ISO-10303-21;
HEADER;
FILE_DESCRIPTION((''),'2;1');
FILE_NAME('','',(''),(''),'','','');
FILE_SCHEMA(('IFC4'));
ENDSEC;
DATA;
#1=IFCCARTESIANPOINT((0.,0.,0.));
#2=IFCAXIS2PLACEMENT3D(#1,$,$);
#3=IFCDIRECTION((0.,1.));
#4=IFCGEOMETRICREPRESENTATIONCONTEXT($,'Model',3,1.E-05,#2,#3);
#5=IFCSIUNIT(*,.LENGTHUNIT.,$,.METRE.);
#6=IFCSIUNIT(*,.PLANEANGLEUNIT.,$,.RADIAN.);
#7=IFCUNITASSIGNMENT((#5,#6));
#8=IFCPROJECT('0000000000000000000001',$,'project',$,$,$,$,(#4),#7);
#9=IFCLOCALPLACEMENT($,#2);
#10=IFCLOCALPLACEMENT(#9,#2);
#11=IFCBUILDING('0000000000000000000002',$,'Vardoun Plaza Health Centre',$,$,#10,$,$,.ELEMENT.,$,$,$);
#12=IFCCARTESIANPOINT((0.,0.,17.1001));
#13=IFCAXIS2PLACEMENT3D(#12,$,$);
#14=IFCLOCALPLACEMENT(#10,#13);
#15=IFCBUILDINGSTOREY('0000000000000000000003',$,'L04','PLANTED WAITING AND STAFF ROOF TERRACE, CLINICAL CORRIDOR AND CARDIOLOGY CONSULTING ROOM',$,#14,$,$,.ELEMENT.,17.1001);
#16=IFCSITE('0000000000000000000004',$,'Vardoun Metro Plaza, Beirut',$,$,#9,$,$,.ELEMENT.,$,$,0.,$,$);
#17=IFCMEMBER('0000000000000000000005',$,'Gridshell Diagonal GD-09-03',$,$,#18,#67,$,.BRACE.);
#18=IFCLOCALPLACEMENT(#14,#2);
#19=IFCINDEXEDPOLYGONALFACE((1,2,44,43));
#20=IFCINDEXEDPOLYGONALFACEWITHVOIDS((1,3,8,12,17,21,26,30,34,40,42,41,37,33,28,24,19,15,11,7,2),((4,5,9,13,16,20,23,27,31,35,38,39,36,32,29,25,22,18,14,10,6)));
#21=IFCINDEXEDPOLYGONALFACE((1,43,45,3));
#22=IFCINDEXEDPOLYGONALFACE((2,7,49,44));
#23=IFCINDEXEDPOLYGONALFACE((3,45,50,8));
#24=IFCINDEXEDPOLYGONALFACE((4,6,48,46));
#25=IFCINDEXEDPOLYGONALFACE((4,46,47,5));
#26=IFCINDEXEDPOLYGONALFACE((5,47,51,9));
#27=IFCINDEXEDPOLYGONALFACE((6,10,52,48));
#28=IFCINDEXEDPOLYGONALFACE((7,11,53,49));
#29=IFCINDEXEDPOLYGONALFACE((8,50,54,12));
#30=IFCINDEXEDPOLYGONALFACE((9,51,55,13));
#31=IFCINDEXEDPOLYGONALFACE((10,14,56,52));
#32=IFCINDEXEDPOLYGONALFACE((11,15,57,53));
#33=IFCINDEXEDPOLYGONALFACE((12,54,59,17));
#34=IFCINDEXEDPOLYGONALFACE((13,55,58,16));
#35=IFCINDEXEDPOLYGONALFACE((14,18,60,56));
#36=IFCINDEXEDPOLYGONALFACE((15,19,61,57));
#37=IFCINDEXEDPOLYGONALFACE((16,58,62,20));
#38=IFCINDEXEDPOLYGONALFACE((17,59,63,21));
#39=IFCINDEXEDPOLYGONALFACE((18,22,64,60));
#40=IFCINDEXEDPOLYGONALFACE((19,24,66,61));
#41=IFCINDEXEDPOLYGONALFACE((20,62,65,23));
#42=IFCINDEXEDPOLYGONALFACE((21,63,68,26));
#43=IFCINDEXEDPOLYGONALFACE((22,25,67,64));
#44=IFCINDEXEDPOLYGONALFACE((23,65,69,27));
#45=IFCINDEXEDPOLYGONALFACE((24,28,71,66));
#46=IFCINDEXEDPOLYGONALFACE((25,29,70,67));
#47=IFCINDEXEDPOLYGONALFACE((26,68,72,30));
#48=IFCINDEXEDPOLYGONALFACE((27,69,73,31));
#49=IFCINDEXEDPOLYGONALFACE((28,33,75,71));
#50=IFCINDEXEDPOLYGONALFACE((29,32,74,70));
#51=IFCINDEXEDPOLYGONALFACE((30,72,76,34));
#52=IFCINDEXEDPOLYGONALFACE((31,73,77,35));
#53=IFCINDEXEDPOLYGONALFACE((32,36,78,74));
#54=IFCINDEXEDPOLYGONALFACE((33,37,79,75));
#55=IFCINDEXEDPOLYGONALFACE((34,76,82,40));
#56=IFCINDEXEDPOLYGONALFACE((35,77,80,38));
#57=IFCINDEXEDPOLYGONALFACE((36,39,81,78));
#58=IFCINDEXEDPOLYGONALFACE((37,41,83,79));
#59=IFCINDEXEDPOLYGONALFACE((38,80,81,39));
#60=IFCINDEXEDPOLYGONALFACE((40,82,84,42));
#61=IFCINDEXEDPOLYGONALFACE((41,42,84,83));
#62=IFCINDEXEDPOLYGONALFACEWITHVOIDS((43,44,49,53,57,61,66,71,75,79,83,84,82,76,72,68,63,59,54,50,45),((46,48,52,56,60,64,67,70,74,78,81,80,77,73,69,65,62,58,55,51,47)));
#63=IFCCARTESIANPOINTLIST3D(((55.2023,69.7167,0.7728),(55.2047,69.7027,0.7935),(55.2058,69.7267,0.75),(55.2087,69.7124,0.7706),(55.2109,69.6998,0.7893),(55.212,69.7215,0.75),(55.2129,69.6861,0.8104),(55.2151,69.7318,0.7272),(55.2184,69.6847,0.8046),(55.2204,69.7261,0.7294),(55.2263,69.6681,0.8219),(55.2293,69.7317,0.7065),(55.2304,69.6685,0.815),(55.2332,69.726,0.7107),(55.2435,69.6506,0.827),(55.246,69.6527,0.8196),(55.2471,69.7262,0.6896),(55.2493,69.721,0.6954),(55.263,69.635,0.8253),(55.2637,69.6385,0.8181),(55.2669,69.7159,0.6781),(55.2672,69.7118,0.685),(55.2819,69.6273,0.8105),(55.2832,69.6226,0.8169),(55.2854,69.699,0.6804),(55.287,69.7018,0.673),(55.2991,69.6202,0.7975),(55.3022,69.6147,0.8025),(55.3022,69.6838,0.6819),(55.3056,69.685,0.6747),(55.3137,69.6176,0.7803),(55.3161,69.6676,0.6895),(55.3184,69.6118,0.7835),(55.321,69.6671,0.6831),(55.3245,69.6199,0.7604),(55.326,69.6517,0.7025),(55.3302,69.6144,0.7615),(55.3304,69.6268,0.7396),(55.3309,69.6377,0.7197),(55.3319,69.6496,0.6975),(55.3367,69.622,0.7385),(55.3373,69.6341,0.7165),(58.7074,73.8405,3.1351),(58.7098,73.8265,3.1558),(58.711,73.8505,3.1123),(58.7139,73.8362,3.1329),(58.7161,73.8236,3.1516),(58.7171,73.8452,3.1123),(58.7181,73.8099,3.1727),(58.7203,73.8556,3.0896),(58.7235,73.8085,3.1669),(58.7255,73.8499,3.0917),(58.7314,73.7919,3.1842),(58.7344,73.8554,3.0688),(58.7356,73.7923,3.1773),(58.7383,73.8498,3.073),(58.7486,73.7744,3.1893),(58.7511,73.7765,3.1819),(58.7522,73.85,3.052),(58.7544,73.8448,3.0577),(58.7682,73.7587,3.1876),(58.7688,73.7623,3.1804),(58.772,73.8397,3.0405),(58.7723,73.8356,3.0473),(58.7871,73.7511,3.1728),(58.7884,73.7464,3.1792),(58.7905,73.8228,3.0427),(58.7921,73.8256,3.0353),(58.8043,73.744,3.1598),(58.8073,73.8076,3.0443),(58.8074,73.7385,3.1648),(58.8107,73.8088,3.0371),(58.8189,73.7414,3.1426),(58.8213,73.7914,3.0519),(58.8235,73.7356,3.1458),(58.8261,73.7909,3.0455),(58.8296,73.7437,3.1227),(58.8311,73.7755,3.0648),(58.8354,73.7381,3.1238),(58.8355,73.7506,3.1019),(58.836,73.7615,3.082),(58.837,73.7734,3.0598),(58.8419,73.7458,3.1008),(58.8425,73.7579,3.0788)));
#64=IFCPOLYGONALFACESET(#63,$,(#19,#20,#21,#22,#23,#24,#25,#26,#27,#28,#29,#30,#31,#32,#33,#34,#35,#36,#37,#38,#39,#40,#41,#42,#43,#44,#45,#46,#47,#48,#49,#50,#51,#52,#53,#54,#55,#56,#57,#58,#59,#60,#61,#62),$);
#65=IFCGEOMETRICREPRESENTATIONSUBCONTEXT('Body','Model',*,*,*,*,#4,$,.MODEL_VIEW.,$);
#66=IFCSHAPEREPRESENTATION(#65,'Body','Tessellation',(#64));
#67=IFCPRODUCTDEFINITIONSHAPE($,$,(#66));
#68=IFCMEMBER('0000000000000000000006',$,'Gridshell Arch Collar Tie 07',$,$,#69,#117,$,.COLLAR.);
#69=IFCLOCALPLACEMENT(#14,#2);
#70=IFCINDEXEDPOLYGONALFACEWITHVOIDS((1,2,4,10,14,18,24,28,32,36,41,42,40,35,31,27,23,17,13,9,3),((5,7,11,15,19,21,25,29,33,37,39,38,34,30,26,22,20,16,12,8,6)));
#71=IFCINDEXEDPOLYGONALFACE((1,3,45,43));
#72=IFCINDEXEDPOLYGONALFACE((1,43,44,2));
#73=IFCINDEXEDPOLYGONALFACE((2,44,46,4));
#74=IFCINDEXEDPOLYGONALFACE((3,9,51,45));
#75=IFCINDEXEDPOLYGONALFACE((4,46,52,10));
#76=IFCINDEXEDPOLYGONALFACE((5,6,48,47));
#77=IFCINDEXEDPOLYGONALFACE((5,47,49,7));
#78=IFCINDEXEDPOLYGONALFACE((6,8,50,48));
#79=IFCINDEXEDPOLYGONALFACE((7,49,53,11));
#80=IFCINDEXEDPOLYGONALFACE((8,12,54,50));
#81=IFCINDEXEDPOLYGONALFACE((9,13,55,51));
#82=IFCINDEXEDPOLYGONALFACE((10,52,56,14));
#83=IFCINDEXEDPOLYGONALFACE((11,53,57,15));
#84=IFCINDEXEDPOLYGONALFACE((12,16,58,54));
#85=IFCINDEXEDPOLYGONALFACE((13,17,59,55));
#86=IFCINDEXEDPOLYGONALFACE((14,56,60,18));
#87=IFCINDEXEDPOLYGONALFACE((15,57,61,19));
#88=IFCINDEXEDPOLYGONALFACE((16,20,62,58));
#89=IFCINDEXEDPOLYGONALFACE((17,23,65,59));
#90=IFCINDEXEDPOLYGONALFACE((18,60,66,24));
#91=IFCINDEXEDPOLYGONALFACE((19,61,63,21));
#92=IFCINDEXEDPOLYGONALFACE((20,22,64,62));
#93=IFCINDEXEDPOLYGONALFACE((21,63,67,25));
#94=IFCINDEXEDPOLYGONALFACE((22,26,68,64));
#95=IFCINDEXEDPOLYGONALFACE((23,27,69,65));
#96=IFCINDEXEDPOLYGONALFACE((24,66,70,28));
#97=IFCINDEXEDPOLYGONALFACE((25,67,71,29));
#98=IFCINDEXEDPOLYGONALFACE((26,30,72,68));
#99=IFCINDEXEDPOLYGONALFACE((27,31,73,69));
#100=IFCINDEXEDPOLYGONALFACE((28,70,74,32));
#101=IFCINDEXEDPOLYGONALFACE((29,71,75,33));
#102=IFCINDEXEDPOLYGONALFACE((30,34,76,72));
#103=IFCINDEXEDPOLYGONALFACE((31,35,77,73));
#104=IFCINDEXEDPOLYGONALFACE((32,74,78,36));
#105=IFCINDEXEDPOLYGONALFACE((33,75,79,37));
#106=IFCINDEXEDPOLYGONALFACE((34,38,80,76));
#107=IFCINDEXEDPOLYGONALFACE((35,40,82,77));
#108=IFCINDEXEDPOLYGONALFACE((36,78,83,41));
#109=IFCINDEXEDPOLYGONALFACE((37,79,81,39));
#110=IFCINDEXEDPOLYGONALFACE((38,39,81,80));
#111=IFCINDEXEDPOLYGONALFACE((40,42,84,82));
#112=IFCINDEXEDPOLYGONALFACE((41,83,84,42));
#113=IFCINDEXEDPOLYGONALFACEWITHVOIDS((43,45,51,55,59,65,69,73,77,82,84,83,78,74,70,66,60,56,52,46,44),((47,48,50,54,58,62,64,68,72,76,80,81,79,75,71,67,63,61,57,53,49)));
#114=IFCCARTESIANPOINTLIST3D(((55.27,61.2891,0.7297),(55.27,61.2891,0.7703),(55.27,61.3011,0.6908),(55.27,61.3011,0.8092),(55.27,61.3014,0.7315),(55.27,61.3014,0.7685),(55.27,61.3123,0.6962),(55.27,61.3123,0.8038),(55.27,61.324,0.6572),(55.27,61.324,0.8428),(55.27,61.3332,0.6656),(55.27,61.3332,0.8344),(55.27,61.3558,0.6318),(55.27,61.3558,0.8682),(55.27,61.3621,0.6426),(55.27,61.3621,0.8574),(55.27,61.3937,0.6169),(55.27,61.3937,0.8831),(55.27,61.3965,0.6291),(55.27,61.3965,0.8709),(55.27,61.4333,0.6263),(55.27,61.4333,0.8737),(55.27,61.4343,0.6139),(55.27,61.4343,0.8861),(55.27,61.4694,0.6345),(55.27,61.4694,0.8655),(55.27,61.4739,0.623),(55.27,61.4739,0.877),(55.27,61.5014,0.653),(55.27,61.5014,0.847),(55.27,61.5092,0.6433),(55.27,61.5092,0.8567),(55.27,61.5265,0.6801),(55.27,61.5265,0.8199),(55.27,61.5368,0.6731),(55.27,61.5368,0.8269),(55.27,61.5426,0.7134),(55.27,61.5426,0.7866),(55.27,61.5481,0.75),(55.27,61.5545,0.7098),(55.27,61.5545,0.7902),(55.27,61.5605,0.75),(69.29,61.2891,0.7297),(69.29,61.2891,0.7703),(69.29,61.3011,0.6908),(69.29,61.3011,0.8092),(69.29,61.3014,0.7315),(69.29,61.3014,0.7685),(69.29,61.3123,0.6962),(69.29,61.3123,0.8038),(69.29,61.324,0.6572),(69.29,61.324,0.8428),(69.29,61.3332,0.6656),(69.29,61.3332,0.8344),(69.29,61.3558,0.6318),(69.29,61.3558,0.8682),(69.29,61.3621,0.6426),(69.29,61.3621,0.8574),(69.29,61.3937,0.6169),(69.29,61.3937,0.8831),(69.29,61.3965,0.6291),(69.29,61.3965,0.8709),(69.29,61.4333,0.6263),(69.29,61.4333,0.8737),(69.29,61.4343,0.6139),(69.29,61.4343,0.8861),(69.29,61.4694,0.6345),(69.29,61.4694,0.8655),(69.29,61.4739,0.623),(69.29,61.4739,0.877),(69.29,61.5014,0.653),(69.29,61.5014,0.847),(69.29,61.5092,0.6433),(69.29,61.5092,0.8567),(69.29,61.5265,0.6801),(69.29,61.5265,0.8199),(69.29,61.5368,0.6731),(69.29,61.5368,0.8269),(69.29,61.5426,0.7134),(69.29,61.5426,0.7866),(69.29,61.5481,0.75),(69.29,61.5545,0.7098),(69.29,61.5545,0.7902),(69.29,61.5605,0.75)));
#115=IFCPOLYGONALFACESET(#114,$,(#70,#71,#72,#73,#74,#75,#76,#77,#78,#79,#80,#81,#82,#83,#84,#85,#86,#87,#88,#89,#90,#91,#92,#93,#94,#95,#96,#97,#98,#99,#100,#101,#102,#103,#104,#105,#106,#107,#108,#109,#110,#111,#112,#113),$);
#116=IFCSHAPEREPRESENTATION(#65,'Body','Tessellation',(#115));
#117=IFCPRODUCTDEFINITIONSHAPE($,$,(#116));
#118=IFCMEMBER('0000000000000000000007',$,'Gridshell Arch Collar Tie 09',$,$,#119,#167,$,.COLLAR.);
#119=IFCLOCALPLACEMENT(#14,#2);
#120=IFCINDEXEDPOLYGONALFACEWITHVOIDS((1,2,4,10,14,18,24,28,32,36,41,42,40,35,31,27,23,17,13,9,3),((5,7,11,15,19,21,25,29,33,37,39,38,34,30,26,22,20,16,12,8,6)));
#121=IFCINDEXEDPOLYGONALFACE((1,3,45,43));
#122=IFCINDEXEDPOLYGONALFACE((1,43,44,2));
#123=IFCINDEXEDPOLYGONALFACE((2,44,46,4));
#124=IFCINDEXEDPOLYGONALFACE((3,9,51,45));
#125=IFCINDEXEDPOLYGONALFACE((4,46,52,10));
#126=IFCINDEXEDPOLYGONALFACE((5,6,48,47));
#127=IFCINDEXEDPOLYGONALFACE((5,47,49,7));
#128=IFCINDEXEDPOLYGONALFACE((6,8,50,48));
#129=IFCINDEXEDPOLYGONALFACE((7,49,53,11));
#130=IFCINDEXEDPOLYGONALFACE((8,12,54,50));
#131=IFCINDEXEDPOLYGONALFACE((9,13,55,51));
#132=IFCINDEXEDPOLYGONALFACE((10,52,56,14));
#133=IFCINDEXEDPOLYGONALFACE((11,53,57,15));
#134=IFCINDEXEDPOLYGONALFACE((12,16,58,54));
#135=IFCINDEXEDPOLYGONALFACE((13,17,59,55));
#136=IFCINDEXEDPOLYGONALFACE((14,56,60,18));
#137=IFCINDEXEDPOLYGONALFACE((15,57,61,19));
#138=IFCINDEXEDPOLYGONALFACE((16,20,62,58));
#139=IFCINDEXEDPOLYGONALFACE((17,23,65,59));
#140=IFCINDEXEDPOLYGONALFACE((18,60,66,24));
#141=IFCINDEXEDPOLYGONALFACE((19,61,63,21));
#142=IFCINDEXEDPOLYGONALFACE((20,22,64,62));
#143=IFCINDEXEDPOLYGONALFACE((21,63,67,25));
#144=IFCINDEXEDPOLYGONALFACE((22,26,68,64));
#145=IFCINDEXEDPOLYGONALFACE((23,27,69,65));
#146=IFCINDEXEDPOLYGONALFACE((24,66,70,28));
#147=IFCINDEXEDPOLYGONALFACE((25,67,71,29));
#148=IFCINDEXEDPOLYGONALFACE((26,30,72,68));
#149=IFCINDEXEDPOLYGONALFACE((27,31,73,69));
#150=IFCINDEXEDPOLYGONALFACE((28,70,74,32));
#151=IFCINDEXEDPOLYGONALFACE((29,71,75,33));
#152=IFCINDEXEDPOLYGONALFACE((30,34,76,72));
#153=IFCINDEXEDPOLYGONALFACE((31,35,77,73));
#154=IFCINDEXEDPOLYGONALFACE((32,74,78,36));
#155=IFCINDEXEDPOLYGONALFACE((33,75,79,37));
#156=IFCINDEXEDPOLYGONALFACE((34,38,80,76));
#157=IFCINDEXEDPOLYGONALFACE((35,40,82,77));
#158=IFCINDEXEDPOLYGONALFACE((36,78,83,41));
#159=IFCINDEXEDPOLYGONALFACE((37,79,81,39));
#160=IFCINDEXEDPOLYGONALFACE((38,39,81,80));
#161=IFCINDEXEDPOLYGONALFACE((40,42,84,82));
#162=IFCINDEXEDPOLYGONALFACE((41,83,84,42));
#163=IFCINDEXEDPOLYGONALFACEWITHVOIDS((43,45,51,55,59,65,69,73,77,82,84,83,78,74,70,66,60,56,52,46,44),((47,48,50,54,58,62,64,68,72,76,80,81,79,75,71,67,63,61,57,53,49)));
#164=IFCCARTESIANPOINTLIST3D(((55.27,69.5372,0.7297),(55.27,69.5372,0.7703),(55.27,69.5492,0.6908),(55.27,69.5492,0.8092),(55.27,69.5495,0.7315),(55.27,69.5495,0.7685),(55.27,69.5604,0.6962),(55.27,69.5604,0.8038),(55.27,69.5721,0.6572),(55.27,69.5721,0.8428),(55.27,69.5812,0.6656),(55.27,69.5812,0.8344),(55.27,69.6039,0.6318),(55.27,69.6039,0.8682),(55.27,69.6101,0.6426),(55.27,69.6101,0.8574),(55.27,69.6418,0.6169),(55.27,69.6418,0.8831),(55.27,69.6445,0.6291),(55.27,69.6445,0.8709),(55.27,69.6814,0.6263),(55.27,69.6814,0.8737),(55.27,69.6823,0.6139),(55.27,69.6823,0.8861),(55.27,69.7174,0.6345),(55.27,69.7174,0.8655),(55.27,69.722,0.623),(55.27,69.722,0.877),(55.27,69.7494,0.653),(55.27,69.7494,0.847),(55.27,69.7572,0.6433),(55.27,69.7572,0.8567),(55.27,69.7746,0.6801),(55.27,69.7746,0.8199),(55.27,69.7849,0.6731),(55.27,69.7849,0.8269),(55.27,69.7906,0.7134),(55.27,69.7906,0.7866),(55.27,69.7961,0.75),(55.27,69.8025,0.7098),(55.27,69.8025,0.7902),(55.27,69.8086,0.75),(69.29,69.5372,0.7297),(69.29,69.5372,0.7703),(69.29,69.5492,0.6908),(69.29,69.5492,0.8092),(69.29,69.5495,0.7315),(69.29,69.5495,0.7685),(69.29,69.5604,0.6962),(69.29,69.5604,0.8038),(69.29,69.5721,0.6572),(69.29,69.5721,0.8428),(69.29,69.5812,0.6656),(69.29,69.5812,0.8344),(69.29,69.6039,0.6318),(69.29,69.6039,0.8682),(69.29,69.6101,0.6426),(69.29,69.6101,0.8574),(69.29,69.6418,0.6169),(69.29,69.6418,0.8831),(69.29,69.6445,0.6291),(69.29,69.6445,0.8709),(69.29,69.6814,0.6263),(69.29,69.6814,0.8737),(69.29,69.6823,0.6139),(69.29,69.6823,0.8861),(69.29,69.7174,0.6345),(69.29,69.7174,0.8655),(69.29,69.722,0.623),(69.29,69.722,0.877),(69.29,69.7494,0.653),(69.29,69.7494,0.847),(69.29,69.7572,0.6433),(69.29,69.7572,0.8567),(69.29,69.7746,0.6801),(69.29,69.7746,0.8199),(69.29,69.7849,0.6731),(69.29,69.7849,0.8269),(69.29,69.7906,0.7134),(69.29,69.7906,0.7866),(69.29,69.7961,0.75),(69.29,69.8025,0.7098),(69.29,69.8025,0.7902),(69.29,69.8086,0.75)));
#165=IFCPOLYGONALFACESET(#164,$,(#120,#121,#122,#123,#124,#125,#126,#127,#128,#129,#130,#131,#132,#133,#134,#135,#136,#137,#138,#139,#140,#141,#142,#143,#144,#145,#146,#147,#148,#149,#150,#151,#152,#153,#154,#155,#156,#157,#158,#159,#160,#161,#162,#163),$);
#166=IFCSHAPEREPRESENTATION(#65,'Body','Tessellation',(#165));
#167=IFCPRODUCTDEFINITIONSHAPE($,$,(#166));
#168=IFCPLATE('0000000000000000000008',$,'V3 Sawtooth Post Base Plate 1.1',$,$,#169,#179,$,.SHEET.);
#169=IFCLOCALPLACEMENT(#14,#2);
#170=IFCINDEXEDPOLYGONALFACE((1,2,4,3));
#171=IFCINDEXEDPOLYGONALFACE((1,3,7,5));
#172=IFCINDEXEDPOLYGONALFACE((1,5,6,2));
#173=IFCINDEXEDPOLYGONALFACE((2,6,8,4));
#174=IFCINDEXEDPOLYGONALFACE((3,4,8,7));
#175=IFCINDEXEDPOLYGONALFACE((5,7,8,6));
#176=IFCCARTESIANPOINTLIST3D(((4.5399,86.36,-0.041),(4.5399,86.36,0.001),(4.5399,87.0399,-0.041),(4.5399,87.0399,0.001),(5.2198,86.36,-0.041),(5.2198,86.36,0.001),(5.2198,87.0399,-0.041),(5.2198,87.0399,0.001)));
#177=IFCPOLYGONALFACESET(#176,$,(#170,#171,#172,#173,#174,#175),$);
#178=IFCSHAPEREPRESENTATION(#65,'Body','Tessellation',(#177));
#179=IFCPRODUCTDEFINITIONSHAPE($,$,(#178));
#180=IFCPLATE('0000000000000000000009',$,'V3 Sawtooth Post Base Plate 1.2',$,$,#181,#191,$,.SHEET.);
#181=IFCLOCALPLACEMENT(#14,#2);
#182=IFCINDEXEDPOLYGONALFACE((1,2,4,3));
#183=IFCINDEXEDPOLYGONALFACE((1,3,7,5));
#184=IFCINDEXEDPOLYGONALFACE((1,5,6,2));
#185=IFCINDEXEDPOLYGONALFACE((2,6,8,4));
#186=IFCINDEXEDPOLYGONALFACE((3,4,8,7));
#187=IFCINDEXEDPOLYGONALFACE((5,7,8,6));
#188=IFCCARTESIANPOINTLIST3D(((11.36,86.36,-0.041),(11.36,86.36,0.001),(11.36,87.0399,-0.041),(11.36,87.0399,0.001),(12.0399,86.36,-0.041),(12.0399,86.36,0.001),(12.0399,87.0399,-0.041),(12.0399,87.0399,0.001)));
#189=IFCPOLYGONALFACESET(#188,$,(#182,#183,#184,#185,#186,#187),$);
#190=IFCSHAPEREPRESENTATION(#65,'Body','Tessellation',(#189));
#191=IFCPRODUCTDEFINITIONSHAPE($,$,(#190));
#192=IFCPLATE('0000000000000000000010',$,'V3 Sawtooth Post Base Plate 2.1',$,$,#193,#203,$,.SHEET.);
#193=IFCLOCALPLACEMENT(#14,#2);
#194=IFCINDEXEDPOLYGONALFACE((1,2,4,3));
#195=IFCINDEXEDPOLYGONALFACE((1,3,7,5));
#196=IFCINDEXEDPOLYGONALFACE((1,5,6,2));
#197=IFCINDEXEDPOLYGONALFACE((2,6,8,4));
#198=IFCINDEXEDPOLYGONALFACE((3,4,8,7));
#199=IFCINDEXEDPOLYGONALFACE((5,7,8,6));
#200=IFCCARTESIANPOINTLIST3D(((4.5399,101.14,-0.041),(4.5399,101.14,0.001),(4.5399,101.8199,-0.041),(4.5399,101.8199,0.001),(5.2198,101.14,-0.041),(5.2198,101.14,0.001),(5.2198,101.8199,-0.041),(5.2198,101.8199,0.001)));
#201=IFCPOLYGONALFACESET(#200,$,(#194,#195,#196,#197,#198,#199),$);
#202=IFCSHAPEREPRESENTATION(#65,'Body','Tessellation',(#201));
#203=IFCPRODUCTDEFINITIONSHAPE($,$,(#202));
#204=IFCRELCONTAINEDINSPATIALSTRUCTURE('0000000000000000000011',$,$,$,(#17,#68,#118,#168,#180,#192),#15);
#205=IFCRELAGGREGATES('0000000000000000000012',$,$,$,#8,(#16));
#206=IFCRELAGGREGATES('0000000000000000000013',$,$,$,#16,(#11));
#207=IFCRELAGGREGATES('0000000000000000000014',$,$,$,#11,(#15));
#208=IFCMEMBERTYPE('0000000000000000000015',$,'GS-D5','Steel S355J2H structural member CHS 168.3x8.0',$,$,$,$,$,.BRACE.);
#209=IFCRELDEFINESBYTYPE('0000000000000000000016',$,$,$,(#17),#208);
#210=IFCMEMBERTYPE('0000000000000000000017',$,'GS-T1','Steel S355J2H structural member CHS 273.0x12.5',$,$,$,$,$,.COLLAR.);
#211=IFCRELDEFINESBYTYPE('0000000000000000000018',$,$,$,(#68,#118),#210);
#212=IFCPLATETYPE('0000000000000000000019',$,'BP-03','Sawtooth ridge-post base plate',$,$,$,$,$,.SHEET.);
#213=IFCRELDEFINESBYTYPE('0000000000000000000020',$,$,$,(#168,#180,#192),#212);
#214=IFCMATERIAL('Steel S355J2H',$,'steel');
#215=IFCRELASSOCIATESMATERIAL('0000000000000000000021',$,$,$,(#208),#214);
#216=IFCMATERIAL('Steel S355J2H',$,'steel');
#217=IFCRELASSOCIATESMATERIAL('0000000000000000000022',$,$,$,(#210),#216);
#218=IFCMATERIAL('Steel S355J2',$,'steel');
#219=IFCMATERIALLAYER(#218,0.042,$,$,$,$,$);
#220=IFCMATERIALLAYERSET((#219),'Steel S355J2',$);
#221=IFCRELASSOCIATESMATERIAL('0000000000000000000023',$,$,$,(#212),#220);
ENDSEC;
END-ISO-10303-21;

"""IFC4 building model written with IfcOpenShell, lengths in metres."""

from ifc_helpers import new_model, si_unit, direction, frame, origin, origin_2d, place, context, subcontext, project, spatial, rectangle, hollow_circle, extrude, material, layer, layer_set, material_profile, profile_set, type_object, element, save


model = new_model("IFC4")

# Units and contexts
model_context = context("Model", 3, precision=1e-05, world=origin(), true_north=direction((0.0, 1.0)))
body_context = subcontext(model_context, "Body", "Model", "MODEL_VIEW")
ifc_project = project(units=[si_unit("LENGTHUNIT", "METRE"), si_unit("PLANEANGLEUNIT", "RADIAN")], contexts=[model_context])

# Site, building, storey
site_placement = place(None, origin())
site = spatial("IfcSite", under=ifc_project, at=site_placement, Name="Vardoun Metro Plaza, Beirut", CompositionType="ELEMENT", RefElevation=0.0)
building_placement = place(site_placement, origin())
building = spatial("IfcBuilding", under=site, at=building_placement, Name="Vardoun Plaza Health Centre", CompositionType="ELEMENT")
storey_placement = place(building_placement, frame((0.0, 0.0, 17.1001)))
storey = spatial("IfcBuildingStorey", under=building, at=storey_placement, Name="L04", Description="PLANTED WAITING AND STAFF ROOF TERRACE, CLINICAL CORRIDOR AND CARDIOLOGY CONSULTING ROOM", CompositionType="ELEMENT", Elevation=17.1001)

# Members
ifc_material_1 = material(Name="Steel S355J2H", Category="steel")
ifc_material_profile_1 = material_profile(ifc_material_1, hollow_circle(Radius=0.0842, WallThickness=0.0081, at=origin_2d()), Name="CHS 168.3x8.0")
ifc_profile_set_1 = profile_set([ifc_material_profile_1], Name="Steel S355J2H")
member_type_1 = type_object("IfcMemberType", Name="GS-D5", Description="Steel S355J2H structural member CHS 168.3x8.0", PredefinedType="BRACE", material=ifc_profile_set_1)
member_1_placement = place(storey_placement, frame((55.27, 69.6721, 0.75), z_axis=(0.593561, 0.698324, 0.400035), x_axis=(-0.761947, 0.647639, 0.0)))
element("IfcMember", 1, at=member_1_placement, inside=storey, type_object=member_type_1, Name="Gridshell Diagonal GD-09-03", PredefinedType="BRACE", context=body_context, shape_type="SweptSolid", body=[
    extrude(hollow_circle(Radius=0.0842, WallThickness=0.0081, at=origin_2d()), origin(), (0.0, 0.0, 1.0), 5.9053),
])
ifc_material_2 = material(Name="Steel S355J2H", Category="steel")
ifc_material_profile_2 = material_profile(ifc_material_2, hollow_circle(Radius=0.1365, WallThickness=0.0125, at=origin_2d()), Name="CHS 273.0x12.5")
ifc_profile_set_2 = profile_set([ifc_material_profile_2], Name="Steel S355J2H")
member_type_2 = type_object("IfcMemberType", Name="GS-T1", Description="Steel S355J2H structural member CHS 273.0x12.5", PredefinedType="COLLAR", material=ifc_profile_set_2)
for number, where, z_axis, x_axis, name in (
    (2, (55.27, 61.4241, 0.75), (1.0, 0.0, 0.0), (0.0, 1.0, 0.0), "Gridshell Arch Collar Tie 07"),
    (3, (55.27, 69.6721, 0.75), (1.0, 0.0, 0.0), (0.0, 1.0, 0.0), "Gridshell Arch Collar Tie 09"),
):
    element("IfcMember", number, at=place(storey_placement, frame(where, z_axis=z_axis, x_axis=x_axis)), inside=storey, type_object=member_type_2, Name=name, PredefinedType="COLLAR", context=body_context, shape_type="SweptSolid", body=[
        extrude(hollow_circle(Radius=0.1365, WallThickness=0.0125, at=origin_2d()), origin(), (0.0, 0.0, 1.0), 14.02),
    ])

# Plates
ifc_material_3 = material(Name="Steel S355J2", Category="steel")
ifc_layer_1 = layer(ifc_material_3, 0.042)
ifc_layer_set_1 = layer_set([ifc_layer_1], Name="Steel S355J2")
plate_type_1 = type_object("IfcPlateType", Name="BP-03", Description="Sawtooth ridge-post base plate", PredefinedType="SHEET", material=ifc_layer_set_1)
for number, where, z_axis, x_axis, name in (
    (4, (4.8799, 86.7, -0.041), (0.0, 0.0, 1.0), (1.0, 0.0, 0.0), "V3 Sawtooth Post Base Plate 1.1"),
    (5, (11.7, 86.7, -0.041), (0.0, 0.0, 1.0), (1.0, 0.0, 0.0), "V3 Sawtooth Post Base Plate 1.2"),
    (6, (4.8799, 101.48, -0.041), (0.0, 0.0, 1.0), (1.0, 0.0, 0.0), "V3 Sawtooth Post Base Plate 2.1"),
):
    element("IfcPlate", number, at=place(storey_placement, frame(where, z_axis=z_axis, x_axis=x_axis)), inside=storey, type_object=plate_type_1, Name=name, PredefinedType="SHEET", context=body_context, shape_type="SweptSolid", body=[
        extrude(rectangle(XDim=0.6799, YDim=0.6799, at=origin_2d()), origin(), (0.0, 0.0, 1.0), 0.042),
    ])

save(model, "model.ifc")
